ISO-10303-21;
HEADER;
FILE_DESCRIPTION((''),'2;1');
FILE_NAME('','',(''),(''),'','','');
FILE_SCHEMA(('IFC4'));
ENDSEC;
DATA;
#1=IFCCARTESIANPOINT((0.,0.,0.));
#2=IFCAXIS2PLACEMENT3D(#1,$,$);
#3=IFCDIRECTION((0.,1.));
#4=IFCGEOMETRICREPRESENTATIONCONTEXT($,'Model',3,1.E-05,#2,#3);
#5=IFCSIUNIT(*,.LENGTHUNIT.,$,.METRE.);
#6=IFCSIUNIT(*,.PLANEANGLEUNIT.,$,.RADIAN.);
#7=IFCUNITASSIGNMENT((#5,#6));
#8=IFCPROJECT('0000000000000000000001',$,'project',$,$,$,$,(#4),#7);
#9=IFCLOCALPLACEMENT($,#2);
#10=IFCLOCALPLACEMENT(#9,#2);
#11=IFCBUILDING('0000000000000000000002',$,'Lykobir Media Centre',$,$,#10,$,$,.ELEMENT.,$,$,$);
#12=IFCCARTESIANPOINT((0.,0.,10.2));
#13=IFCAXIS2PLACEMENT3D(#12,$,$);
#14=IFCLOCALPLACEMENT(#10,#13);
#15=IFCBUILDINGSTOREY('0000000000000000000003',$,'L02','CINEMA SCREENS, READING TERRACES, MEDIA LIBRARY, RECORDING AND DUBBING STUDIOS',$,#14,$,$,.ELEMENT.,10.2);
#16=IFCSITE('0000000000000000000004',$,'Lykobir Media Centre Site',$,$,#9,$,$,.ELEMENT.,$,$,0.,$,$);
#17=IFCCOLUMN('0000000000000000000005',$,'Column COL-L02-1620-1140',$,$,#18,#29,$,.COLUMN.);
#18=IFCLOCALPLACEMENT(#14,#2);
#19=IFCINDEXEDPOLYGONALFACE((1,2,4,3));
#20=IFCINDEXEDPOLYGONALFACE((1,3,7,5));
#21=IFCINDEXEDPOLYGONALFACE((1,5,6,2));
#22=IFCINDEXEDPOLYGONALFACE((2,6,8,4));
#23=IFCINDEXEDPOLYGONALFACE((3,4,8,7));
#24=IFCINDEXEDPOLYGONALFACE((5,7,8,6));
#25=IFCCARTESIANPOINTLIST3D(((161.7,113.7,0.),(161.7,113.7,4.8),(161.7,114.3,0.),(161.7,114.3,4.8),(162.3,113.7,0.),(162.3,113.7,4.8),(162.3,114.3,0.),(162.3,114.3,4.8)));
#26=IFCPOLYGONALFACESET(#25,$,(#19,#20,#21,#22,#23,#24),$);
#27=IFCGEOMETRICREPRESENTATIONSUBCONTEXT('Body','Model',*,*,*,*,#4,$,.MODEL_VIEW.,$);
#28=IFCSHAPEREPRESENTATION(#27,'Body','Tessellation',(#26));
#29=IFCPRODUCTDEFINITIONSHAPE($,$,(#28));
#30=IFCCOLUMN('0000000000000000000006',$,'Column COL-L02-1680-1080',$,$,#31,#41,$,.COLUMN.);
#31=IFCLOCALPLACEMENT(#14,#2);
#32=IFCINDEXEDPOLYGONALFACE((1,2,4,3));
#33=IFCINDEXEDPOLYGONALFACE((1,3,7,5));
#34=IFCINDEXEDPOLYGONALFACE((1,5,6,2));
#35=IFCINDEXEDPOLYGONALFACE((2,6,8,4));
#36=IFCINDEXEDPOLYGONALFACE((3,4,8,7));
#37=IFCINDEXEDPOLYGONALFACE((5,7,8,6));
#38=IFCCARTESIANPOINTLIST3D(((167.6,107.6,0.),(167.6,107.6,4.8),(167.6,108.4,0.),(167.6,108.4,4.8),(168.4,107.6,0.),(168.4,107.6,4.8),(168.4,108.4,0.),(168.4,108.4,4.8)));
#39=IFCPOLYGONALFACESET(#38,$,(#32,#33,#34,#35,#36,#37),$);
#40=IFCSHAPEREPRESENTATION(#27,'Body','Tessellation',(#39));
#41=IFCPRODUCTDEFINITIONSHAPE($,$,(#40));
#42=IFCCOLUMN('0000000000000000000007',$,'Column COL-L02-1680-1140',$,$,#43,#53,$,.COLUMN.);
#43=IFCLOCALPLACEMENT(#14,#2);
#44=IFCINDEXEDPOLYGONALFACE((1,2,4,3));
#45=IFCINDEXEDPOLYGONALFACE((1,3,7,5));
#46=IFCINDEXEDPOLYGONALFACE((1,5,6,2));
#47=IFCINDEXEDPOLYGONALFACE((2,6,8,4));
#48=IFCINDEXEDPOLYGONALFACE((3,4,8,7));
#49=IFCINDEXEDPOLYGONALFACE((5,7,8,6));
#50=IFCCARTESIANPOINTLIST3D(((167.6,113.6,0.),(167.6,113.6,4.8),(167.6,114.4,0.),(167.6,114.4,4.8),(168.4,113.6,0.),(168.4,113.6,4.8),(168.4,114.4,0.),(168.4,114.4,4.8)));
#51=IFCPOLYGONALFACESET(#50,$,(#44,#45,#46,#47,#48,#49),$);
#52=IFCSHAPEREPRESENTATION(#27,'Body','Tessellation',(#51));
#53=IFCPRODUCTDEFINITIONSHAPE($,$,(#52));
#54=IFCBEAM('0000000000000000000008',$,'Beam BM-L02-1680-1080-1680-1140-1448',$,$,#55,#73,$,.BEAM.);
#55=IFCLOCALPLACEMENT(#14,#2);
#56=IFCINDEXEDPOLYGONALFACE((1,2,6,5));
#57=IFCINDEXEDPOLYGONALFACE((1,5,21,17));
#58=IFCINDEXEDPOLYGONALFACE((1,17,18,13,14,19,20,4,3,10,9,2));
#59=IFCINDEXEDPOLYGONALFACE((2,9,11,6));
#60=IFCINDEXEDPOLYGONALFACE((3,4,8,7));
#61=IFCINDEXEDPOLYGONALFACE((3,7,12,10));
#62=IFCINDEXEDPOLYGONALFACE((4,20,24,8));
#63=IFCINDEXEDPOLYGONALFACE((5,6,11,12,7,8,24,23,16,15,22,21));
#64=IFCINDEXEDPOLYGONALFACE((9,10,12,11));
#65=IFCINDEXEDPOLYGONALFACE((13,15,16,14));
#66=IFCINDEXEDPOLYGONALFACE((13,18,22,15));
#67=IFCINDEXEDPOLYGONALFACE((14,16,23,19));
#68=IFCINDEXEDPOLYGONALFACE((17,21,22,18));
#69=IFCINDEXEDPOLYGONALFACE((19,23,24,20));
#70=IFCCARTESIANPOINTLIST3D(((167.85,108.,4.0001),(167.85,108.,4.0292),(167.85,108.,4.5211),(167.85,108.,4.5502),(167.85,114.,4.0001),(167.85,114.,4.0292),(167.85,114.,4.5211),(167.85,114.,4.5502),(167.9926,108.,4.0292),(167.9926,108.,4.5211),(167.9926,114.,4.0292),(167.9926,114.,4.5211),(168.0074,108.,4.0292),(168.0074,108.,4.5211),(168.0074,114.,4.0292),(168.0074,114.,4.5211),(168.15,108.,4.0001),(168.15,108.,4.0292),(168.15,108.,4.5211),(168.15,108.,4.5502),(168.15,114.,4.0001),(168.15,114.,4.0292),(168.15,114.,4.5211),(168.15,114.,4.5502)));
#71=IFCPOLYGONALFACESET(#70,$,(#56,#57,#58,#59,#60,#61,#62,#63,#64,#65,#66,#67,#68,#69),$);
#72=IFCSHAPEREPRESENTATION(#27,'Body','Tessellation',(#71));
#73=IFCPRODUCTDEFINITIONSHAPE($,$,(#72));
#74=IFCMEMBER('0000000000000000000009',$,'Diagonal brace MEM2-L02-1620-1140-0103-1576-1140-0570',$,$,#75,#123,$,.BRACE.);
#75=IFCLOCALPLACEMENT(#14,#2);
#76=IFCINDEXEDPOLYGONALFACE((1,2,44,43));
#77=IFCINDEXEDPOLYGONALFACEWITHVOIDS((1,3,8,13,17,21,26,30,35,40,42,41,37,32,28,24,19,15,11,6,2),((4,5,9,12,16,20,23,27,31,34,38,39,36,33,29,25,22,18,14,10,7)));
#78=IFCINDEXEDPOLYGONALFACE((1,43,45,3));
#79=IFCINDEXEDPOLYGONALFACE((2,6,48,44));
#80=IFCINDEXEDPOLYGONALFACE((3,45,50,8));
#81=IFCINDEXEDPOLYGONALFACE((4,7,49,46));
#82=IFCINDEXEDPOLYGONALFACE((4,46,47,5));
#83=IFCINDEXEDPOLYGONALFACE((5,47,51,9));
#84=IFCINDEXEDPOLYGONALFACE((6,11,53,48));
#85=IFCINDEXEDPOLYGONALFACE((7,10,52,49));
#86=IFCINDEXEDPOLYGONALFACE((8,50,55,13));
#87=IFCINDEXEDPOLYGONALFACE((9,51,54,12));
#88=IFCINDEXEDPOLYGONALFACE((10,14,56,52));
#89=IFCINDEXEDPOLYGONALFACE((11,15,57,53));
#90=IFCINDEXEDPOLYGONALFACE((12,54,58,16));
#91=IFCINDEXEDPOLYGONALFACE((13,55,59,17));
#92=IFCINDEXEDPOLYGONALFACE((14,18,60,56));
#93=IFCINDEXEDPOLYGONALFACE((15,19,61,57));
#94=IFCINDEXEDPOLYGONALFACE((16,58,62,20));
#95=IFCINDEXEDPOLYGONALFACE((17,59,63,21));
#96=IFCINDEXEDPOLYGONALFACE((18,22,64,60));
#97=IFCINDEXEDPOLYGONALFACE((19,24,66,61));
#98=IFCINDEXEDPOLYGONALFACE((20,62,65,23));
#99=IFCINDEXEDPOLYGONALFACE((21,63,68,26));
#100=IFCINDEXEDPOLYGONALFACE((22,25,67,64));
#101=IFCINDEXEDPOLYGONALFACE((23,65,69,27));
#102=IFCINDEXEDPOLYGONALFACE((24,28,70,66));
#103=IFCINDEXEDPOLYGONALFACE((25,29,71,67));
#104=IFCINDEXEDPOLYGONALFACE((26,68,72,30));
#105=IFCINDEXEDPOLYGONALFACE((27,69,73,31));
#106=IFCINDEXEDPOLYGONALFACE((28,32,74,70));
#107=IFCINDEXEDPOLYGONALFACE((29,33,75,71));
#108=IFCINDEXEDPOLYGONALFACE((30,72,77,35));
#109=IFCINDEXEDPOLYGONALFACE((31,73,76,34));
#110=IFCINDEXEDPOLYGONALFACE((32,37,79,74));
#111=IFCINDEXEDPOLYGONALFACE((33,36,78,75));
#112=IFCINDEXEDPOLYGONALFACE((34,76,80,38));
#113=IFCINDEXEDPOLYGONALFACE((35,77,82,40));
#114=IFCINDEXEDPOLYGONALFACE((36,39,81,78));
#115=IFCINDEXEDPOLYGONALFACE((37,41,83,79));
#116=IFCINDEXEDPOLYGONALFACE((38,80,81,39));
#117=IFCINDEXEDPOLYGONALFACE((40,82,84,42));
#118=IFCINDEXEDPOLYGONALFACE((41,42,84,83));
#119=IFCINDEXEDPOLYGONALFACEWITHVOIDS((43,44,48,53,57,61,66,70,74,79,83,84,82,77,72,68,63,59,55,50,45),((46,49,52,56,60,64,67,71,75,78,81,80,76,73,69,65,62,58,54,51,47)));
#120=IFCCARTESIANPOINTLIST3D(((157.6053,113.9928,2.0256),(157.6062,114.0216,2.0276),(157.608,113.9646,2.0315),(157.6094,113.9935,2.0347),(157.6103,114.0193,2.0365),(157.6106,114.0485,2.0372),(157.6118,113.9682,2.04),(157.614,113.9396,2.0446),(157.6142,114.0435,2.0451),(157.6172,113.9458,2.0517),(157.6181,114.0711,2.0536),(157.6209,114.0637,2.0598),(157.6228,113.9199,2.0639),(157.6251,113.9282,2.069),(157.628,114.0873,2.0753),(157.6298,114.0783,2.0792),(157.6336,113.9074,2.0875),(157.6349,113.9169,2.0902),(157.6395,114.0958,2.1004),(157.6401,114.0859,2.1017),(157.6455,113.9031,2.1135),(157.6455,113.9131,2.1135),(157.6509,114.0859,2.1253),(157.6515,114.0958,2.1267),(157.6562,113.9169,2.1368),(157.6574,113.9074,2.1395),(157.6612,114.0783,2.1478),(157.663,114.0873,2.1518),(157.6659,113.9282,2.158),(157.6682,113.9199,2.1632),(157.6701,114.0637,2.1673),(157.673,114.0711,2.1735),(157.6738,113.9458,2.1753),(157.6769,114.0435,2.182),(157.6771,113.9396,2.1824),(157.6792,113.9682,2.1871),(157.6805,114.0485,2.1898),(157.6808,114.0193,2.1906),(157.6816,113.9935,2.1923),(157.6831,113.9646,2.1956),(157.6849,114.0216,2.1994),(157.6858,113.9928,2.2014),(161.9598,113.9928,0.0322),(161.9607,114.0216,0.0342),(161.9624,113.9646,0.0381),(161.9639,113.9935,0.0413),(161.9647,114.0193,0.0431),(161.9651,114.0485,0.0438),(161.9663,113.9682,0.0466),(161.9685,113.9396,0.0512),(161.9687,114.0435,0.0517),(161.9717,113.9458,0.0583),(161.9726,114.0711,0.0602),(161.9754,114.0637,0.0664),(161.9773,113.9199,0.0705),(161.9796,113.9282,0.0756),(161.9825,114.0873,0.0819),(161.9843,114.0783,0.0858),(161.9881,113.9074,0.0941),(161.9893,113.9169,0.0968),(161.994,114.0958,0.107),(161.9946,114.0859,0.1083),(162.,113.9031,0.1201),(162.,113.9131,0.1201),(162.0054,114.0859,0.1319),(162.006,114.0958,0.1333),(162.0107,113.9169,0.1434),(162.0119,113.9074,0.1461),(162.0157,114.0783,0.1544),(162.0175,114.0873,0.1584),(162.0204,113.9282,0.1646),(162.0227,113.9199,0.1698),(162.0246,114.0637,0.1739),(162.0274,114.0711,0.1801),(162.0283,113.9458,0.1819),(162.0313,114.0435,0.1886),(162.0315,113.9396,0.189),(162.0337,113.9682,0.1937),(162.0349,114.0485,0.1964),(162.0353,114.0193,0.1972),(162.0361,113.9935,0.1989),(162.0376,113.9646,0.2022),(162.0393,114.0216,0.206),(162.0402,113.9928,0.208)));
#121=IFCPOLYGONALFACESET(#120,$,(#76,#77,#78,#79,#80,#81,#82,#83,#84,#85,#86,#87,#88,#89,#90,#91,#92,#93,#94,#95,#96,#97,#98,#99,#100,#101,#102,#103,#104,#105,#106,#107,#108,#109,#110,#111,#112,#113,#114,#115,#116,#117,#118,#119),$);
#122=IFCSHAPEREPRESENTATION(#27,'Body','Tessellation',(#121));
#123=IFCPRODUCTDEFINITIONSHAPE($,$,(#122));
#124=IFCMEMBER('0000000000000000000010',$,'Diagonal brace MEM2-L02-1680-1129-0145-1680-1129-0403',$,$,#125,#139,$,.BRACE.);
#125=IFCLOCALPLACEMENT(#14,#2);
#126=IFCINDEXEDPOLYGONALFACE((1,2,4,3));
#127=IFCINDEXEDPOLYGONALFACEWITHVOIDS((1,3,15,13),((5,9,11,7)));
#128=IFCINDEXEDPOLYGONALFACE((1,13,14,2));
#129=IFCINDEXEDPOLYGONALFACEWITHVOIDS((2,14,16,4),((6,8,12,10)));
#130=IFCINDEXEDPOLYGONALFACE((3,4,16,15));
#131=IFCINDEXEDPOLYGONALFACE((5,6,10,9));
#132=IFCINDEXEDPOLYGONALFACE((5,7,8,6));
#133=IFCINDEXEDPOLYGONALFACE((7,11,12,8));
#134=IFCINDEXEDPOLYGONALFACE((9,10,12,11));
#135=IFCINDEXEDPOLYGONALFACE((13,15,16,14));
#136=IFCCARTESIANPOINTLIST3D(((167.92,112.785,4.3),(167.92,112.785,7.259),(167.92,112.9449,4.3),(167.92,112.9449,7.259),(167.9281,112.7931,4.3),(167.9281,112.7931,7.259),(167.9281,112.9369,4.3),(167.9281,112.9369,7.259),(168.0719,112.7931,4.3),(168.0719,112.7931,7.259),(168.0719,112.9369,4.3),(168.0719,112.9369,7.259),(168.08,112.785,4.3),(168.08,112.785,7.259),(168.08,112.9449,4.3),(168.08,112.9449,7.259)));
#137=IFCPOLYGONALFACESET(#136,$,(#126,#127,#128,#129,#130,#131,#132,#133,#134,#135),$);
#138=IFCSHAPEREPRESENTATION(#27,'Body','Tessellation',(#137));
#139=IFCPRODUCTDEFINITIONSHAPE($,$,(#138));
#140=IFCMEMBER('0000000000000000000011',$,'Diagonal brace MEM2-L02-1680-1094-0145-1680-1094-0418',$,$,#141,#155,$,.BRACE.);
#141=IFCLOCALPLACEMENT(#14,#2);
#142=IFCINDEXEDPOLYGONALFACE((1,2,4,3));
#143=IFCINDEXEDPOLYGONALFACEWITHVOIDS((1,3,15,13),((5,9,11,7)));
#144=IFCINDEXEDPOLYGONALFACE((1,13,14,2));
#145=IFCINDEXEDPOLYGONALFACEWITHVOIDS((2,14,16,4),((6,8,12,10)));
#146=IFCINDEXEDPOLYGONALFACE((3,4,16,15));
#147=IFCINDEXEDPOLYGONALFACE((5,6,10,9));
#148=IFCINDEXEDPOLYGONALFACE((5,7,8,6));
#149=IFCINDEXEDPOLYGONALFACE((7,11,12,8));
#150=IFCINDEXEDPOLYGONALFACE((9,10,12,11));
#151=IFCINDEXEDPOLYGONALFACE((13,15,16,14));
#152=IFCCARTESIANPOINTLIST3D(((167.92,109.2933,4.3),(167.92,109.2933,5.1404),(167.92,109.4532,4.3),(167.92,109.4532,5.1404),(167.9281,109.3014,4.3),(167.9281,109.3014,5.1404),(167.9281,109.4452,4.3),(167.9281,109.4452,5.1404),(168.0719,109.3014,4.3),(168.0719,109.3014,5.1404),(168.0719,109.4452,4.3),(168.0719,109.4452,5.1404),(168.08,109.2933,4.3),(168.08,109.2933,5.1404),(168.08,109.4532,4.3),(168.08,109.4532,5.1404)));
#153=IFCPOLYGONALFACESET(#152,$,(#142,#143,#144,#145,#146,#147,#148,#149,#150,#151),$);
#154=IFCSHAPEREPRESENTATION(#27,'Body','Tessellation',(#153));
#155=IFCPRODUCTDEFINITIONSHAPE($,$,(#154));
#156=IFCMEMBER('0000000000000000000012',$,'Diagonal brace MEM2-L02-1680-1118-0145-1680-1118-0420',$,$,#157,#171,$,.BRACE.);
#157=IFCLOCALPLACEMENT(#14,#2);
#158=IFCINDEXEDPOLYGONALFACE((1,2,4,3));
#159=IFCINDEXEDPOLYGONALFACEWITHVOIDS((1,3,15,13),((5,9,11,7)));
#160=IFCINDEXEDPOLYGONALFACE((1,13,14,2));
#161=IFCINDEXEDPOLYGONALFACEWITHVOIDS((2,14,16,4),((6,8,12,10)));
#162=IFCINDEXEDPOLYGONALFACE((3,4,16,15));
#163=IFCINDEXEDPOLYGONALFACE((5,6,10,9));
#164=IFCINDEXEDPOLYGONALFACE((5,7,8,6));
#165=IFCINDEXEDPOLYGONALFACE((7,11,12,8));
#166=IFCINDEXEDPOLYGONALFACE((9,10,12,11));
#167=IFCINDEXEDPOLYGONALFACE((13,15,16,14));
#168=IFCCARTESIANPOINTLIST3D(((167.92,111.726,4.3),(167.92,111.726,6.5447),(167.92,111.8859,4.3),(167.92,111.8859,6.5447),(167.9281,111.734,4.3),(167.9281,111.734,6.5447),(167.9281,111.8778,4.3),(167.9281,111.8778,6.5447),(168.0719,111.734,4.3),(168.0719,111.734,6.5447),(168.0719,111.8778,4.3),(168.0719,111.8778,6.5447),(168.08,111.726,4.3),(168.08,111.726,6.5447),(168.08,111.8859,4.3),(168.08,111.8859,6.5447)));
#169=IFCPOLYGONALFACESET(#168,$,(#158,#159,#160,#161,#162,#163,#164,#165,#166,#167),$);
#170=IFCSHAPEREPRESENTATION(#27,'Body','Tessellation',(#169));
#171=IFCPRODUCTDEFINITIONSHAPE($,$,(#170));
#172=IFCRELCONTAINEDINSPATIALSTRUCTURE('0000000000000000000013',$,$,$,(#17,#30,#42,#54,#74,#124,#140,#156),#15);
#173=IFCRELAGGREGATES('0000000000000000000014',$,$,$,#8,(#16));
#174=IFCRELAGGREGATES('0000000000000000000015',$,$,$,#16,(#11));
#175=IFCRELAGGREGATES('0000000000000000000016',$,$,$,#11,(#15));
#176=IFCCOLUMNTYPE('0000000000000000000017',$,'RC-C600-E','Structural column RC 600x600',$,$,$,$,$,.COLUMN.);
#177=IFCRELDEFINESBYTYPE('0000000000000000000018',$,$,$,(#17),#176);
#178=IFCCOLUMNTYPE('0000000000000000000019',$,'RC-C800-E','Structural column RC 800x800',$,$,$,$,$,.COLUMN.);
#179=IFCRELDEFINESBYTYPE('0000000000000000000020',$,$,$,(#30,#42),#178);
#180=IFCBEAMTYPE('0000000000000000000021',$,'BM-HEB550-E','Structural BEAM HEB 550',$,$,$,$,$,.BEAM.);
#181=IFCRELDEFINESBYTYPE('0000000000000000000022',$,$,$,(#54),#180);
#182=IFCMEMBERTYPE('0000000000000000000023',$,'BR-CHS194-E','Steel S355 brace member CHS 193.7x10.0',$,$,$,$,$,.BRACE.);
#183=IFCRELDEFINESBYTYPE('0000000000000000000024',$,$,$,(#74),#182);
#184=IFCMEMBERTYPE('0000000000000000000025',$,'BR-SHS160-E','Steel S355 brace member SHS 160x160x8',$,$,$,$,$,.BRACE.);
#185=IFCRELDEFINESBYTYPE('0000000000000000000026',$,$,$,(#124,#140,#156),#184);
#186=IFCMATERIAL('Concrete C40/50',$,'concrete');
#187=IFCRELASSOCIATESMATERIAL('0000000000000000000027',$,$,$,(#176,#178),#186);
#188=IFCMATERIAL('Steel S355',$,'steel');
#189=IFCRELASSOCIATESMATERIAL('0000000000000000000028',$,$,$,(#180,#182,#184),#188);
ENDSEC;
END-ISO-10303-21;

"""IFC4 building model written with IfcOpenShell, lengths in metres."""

from ifc_helpers import new_model, si_unit, direction, frame, origin, origin_2d, place, context, subcontext, project, spatial, rectangle, hollow_rectangle, hollow_circle, i_section, extrude, material, material_profile, profile_set, type_object, element, save


model = new_model("IFC4")

# Units and contexts
model_context = context("Model", 3, precision=1e-05, world=origin(), true_north=direction((0.0, 1.0)))
body_context = subcontext(model_context, "Body", "Model", "MODEL_VIEW")
ifc_project = project(units=[si_unit("LENGTHUNIT", "METRE"), si_unit("PLANEANGLEUNIT", "RADIAN")], contexts=[model_context])

# Site, building, storey
site_placement = place(None, origin())
site = spatial("IfcSite", under=ifc_project, at=site_placement, Name="Lykobir Media Centre Site", CompositionType="ELEMENT", RefElevation=0.0)
building_placement = place(site_placement, origin())
building = spatial("IfcBuilding", under=site, at=building_placement, Name="Lykobir Media Centre", CompositionType="ELEMENT")
storey_placement = place(building_placement, frame((0.0, 0.0, 10.2)))
storey = spatial("IfcBuildingStorey", under=building, at=storey_placement, Name="L02", Description="CINEMA SCREENS, READING TERRACES, MEDIA LIBRARY, RECORDING AND DUBBING STUDIOS", CompositionType="ELEMENT", Elevation=10.2)

# Columns
ifc_material_1 = material(Name="Concrete C40/50", Category="concrete")
ifc_material_profile_1 = material_profile(ifc_material_1, rectangle(XDim=0.6001, YDim=0.6001, at=origin_2d()), Name="RC 600x600")
ifc_profile_set_1 = profile_set([ifc_material_profile_1], Name="Concrete C40/50")
column_type_1 = type_object("IfcColumnType", Name="RC-C600-E", Description="Structural column RC 600x600", PredefinedType="COLUMN", material=ifc_profile_set_1)
column_placement = place(storey_placement, frame((162.0, 114.0, 0.0), z_axis=(0.0, 0.0, 1.0), x_axis=(1.0, 0.0, 0.0)))
element("IfcColumn", 1, at=column_placement, inside=storey, type_object=column_type_1, Name="Column COL-L02-1620-1140", PredefinedType="COLUMN", context=body_context, shape_type="SweptSolid", body=[
    extrude(rectangle(XDim=0.6001, YDim=0.6001, at=origin_2d()), origin(), (0.0, 0.0, 1.0), 4.8),
])
ifc_material_profile_2 = material_profile(ifc_material_1, rectangle(XDim=0.8, YDim=0.8, at=origin_2d()), Name="RC 800x800")
ifc_profile_set_2 = profile_set([ifc_material_profile_2], Name="Concrete C40/50")
column_type_2 = type_object("IfcColumnType", Name="RC-C800-E", Description="Structural column RC 800x800", PredefinedType="COLUMN", material=ifc_profile_set_2)
for number, where, z_axis, x_axis, name in (
    (2, (168.0, 108.0, 0.0), (0.0, 0.0, 1.0), (1.0, 0.0, 0.0), "Column COL-L02-1680-1080"),
    (3, (168.0, 114.0, 0.0), (0.0, 0.0, 1.0), (1.0, 0.0, 0.0), "Column COL-L02-1680-1140"),
):
    element("IfcColumn", number, at=place(storey_placement, frame(where, z_axis=z_axis, x_axis=x_axis)), inside=storey, type_object=column_type_2, Name=name, PredefinedType="COLUMN", context=body_context, shape_type="SweptSolid", body=[
        extrude(rectangle(XDim=0.8, YDim=0.8, at=origin_2d()), origin(), (0.0, 0.0, 1.0), 4.8),
    ])

# Beam
ifc_material_2 = material(Name="Steel S355", Category="steel")
ifc_material_profile_3 = material_profile(ifc_material_2, i_section(OverallWidth=0.3, OverallDepth=0.55, WebThickness=0.0149, FlangeThickness=0.0291, at=origin_2d()), Name="HEB 550")
ifc_profile_set_3 = profile_set([ifc_material_profile_3], Name="Steel S355")
beam_type_1 = type_object("IfcBeamType", Name="BM-HEB550-E", Description="Structural BEAM HEB 550", PredefinedType="BEAM", material=ifc_profile_set_3)
beam_1_placement = place(storey_placement, frame((168.0, 108.0, 4.2751), z_axis=(0.0, 1.0, 0.0), x_axis=(-1.0, 0.0, 0.0)))
element("IfcBeam", 4, at=beam_1_placement, inside=storey, type_object=beam_type_1, Name="Beam BM-L02-1680-1080-1680-1140-1448", PredefinedType="BEAM", context=body_context, shape_type="SweptSolid", body=[
    extrude(i_section(OverallWidth=0.3, OverallDepth=0.55, WebThickness=0.0149, FlangeThickness=0.0291, at=origin_2d()), origin(), (0.0, 0.0, 1.0), 6.0),
])

# Members
ifc_material_profile_4 = material_profile(ifc_material_2, hollow_circle(Radius=0.0969, WallThickness=0.01, at=origin_2d()), Name="CHS 193.7x10.0")
ifc_profile_set_4 = profile_set([ifc_material_profile_4], Name="Steel S355")
member_type_1 = type_object("IfcMemberType", Name="BR-CHS194-E", Description="Steel S355 brace member CHS 193.7x10.0", PredefinedType="BRACE", material=ifc_profile_set_4)
member_1_placement = place(storey_placement, frame((162.0, 114.0, 0.1201), z_axis=(-0.909255, 0.0, 0.41624), x_axis=(0.0, -1.0, 0.0)))
element("IfcMember", 5, at=member_1_placement, inside=storey, type_object=member_type_1, Name="Diagonal brace MEM2-L02-1620-1140-0103-1576-1140-0570", PredefinedType="BRACE", context=body_context, shape_type="SweptSolid", body=[
    extrude(hollow_circle(Radius=0.0969, WallThickness=0.01, at=origin_2d()), origin(), (0.0, 0.0, 1.0), 4.7891),
])
ifc_material_profile_5 = material_profile(ifc_material_2, hollow_rectangle(XDim=0.1599, YDim=0.1599, WallThickness=0.0081, at=origin_2d()), Name="SHS 160x160x8")
ifc_profile_set_5 = profile_set([ifc_material_profile_5], Name="Steel S355")
member_type_2 = type_object("IfcMemberType", Name="BR-SHS160-E", Description="Steel S355 brace member SHS 160x160x8", PredefinedType="BRACE", material=ifc_profile_set_5)
member_2_placement = place(storey_placement, frame((168.0, 112.865, 4.3), z_axis=(0.0, 0.0, 1.0), x_axis=(1.0, 0.0, 0.0)))
element("IfcMember", 6, at=member_2_placement, inside=storey, type_object=member_type_2, Name="Diagonal brace MEM2-L02-1680-1129-0145-1680-1129-0403", PredefinedType="BRACE", context=body_context, shape_type="SweptSolid", body=[
    extrude(hollow_rectangle(XDim=0.1599, YDim=0.1599, WallThickness=0.0081, at=origin_2d()), origin(), (0.0, 0.0, 1.0), 2.959),
])
member_3_placement = place(storey_placement, frame((168.0, 109.3733, 4.3), z_axis=(0.0, 0.0, 1.0), x_axis=(1.0, 0.0, 0.0)))
element("IfcMember", 7, at=member_3_placement, inside=storey, type_object=member_type_2, Name="Diagonal brace MEM2-L02-1680-1094-0145-1680-1094-0418", PredefinedType="BRACE", context=body_context, shape_type="SweptSolid", body=[
    extrude(hollow_rectangle(XDim=0.1599, YDim=0.1599, WallThickness=0.0081, at=origin_2d()), origin(), (0.0, 0.0, 1.0), 0.8403),
])
member_4_placement = place(storey_placement, frame((168.0, 111.8059, 4.3), z_axis=(0.0, 0.0, 1.0), x_axis=(1.0, 0.0, 0.0)))
element("IfcMember", 8, at=member_4_placement, inside=storey, type_object=member_type_2, Name="Diagonal brace MEM2-L02-1680-1118-0145-1680-1118-0420", PredefinedType="BRACE", context=body_context, shape_type="SweptSolid", body=[
    extrude(hollow_rectangle(XDim=0.1599, YDim=0.1599, WallThickness=0.0081, at=origin_2d()), origin(), (0.0, 0.0, 1.0), 2.2446),
])

save(model, "model.ifc")
